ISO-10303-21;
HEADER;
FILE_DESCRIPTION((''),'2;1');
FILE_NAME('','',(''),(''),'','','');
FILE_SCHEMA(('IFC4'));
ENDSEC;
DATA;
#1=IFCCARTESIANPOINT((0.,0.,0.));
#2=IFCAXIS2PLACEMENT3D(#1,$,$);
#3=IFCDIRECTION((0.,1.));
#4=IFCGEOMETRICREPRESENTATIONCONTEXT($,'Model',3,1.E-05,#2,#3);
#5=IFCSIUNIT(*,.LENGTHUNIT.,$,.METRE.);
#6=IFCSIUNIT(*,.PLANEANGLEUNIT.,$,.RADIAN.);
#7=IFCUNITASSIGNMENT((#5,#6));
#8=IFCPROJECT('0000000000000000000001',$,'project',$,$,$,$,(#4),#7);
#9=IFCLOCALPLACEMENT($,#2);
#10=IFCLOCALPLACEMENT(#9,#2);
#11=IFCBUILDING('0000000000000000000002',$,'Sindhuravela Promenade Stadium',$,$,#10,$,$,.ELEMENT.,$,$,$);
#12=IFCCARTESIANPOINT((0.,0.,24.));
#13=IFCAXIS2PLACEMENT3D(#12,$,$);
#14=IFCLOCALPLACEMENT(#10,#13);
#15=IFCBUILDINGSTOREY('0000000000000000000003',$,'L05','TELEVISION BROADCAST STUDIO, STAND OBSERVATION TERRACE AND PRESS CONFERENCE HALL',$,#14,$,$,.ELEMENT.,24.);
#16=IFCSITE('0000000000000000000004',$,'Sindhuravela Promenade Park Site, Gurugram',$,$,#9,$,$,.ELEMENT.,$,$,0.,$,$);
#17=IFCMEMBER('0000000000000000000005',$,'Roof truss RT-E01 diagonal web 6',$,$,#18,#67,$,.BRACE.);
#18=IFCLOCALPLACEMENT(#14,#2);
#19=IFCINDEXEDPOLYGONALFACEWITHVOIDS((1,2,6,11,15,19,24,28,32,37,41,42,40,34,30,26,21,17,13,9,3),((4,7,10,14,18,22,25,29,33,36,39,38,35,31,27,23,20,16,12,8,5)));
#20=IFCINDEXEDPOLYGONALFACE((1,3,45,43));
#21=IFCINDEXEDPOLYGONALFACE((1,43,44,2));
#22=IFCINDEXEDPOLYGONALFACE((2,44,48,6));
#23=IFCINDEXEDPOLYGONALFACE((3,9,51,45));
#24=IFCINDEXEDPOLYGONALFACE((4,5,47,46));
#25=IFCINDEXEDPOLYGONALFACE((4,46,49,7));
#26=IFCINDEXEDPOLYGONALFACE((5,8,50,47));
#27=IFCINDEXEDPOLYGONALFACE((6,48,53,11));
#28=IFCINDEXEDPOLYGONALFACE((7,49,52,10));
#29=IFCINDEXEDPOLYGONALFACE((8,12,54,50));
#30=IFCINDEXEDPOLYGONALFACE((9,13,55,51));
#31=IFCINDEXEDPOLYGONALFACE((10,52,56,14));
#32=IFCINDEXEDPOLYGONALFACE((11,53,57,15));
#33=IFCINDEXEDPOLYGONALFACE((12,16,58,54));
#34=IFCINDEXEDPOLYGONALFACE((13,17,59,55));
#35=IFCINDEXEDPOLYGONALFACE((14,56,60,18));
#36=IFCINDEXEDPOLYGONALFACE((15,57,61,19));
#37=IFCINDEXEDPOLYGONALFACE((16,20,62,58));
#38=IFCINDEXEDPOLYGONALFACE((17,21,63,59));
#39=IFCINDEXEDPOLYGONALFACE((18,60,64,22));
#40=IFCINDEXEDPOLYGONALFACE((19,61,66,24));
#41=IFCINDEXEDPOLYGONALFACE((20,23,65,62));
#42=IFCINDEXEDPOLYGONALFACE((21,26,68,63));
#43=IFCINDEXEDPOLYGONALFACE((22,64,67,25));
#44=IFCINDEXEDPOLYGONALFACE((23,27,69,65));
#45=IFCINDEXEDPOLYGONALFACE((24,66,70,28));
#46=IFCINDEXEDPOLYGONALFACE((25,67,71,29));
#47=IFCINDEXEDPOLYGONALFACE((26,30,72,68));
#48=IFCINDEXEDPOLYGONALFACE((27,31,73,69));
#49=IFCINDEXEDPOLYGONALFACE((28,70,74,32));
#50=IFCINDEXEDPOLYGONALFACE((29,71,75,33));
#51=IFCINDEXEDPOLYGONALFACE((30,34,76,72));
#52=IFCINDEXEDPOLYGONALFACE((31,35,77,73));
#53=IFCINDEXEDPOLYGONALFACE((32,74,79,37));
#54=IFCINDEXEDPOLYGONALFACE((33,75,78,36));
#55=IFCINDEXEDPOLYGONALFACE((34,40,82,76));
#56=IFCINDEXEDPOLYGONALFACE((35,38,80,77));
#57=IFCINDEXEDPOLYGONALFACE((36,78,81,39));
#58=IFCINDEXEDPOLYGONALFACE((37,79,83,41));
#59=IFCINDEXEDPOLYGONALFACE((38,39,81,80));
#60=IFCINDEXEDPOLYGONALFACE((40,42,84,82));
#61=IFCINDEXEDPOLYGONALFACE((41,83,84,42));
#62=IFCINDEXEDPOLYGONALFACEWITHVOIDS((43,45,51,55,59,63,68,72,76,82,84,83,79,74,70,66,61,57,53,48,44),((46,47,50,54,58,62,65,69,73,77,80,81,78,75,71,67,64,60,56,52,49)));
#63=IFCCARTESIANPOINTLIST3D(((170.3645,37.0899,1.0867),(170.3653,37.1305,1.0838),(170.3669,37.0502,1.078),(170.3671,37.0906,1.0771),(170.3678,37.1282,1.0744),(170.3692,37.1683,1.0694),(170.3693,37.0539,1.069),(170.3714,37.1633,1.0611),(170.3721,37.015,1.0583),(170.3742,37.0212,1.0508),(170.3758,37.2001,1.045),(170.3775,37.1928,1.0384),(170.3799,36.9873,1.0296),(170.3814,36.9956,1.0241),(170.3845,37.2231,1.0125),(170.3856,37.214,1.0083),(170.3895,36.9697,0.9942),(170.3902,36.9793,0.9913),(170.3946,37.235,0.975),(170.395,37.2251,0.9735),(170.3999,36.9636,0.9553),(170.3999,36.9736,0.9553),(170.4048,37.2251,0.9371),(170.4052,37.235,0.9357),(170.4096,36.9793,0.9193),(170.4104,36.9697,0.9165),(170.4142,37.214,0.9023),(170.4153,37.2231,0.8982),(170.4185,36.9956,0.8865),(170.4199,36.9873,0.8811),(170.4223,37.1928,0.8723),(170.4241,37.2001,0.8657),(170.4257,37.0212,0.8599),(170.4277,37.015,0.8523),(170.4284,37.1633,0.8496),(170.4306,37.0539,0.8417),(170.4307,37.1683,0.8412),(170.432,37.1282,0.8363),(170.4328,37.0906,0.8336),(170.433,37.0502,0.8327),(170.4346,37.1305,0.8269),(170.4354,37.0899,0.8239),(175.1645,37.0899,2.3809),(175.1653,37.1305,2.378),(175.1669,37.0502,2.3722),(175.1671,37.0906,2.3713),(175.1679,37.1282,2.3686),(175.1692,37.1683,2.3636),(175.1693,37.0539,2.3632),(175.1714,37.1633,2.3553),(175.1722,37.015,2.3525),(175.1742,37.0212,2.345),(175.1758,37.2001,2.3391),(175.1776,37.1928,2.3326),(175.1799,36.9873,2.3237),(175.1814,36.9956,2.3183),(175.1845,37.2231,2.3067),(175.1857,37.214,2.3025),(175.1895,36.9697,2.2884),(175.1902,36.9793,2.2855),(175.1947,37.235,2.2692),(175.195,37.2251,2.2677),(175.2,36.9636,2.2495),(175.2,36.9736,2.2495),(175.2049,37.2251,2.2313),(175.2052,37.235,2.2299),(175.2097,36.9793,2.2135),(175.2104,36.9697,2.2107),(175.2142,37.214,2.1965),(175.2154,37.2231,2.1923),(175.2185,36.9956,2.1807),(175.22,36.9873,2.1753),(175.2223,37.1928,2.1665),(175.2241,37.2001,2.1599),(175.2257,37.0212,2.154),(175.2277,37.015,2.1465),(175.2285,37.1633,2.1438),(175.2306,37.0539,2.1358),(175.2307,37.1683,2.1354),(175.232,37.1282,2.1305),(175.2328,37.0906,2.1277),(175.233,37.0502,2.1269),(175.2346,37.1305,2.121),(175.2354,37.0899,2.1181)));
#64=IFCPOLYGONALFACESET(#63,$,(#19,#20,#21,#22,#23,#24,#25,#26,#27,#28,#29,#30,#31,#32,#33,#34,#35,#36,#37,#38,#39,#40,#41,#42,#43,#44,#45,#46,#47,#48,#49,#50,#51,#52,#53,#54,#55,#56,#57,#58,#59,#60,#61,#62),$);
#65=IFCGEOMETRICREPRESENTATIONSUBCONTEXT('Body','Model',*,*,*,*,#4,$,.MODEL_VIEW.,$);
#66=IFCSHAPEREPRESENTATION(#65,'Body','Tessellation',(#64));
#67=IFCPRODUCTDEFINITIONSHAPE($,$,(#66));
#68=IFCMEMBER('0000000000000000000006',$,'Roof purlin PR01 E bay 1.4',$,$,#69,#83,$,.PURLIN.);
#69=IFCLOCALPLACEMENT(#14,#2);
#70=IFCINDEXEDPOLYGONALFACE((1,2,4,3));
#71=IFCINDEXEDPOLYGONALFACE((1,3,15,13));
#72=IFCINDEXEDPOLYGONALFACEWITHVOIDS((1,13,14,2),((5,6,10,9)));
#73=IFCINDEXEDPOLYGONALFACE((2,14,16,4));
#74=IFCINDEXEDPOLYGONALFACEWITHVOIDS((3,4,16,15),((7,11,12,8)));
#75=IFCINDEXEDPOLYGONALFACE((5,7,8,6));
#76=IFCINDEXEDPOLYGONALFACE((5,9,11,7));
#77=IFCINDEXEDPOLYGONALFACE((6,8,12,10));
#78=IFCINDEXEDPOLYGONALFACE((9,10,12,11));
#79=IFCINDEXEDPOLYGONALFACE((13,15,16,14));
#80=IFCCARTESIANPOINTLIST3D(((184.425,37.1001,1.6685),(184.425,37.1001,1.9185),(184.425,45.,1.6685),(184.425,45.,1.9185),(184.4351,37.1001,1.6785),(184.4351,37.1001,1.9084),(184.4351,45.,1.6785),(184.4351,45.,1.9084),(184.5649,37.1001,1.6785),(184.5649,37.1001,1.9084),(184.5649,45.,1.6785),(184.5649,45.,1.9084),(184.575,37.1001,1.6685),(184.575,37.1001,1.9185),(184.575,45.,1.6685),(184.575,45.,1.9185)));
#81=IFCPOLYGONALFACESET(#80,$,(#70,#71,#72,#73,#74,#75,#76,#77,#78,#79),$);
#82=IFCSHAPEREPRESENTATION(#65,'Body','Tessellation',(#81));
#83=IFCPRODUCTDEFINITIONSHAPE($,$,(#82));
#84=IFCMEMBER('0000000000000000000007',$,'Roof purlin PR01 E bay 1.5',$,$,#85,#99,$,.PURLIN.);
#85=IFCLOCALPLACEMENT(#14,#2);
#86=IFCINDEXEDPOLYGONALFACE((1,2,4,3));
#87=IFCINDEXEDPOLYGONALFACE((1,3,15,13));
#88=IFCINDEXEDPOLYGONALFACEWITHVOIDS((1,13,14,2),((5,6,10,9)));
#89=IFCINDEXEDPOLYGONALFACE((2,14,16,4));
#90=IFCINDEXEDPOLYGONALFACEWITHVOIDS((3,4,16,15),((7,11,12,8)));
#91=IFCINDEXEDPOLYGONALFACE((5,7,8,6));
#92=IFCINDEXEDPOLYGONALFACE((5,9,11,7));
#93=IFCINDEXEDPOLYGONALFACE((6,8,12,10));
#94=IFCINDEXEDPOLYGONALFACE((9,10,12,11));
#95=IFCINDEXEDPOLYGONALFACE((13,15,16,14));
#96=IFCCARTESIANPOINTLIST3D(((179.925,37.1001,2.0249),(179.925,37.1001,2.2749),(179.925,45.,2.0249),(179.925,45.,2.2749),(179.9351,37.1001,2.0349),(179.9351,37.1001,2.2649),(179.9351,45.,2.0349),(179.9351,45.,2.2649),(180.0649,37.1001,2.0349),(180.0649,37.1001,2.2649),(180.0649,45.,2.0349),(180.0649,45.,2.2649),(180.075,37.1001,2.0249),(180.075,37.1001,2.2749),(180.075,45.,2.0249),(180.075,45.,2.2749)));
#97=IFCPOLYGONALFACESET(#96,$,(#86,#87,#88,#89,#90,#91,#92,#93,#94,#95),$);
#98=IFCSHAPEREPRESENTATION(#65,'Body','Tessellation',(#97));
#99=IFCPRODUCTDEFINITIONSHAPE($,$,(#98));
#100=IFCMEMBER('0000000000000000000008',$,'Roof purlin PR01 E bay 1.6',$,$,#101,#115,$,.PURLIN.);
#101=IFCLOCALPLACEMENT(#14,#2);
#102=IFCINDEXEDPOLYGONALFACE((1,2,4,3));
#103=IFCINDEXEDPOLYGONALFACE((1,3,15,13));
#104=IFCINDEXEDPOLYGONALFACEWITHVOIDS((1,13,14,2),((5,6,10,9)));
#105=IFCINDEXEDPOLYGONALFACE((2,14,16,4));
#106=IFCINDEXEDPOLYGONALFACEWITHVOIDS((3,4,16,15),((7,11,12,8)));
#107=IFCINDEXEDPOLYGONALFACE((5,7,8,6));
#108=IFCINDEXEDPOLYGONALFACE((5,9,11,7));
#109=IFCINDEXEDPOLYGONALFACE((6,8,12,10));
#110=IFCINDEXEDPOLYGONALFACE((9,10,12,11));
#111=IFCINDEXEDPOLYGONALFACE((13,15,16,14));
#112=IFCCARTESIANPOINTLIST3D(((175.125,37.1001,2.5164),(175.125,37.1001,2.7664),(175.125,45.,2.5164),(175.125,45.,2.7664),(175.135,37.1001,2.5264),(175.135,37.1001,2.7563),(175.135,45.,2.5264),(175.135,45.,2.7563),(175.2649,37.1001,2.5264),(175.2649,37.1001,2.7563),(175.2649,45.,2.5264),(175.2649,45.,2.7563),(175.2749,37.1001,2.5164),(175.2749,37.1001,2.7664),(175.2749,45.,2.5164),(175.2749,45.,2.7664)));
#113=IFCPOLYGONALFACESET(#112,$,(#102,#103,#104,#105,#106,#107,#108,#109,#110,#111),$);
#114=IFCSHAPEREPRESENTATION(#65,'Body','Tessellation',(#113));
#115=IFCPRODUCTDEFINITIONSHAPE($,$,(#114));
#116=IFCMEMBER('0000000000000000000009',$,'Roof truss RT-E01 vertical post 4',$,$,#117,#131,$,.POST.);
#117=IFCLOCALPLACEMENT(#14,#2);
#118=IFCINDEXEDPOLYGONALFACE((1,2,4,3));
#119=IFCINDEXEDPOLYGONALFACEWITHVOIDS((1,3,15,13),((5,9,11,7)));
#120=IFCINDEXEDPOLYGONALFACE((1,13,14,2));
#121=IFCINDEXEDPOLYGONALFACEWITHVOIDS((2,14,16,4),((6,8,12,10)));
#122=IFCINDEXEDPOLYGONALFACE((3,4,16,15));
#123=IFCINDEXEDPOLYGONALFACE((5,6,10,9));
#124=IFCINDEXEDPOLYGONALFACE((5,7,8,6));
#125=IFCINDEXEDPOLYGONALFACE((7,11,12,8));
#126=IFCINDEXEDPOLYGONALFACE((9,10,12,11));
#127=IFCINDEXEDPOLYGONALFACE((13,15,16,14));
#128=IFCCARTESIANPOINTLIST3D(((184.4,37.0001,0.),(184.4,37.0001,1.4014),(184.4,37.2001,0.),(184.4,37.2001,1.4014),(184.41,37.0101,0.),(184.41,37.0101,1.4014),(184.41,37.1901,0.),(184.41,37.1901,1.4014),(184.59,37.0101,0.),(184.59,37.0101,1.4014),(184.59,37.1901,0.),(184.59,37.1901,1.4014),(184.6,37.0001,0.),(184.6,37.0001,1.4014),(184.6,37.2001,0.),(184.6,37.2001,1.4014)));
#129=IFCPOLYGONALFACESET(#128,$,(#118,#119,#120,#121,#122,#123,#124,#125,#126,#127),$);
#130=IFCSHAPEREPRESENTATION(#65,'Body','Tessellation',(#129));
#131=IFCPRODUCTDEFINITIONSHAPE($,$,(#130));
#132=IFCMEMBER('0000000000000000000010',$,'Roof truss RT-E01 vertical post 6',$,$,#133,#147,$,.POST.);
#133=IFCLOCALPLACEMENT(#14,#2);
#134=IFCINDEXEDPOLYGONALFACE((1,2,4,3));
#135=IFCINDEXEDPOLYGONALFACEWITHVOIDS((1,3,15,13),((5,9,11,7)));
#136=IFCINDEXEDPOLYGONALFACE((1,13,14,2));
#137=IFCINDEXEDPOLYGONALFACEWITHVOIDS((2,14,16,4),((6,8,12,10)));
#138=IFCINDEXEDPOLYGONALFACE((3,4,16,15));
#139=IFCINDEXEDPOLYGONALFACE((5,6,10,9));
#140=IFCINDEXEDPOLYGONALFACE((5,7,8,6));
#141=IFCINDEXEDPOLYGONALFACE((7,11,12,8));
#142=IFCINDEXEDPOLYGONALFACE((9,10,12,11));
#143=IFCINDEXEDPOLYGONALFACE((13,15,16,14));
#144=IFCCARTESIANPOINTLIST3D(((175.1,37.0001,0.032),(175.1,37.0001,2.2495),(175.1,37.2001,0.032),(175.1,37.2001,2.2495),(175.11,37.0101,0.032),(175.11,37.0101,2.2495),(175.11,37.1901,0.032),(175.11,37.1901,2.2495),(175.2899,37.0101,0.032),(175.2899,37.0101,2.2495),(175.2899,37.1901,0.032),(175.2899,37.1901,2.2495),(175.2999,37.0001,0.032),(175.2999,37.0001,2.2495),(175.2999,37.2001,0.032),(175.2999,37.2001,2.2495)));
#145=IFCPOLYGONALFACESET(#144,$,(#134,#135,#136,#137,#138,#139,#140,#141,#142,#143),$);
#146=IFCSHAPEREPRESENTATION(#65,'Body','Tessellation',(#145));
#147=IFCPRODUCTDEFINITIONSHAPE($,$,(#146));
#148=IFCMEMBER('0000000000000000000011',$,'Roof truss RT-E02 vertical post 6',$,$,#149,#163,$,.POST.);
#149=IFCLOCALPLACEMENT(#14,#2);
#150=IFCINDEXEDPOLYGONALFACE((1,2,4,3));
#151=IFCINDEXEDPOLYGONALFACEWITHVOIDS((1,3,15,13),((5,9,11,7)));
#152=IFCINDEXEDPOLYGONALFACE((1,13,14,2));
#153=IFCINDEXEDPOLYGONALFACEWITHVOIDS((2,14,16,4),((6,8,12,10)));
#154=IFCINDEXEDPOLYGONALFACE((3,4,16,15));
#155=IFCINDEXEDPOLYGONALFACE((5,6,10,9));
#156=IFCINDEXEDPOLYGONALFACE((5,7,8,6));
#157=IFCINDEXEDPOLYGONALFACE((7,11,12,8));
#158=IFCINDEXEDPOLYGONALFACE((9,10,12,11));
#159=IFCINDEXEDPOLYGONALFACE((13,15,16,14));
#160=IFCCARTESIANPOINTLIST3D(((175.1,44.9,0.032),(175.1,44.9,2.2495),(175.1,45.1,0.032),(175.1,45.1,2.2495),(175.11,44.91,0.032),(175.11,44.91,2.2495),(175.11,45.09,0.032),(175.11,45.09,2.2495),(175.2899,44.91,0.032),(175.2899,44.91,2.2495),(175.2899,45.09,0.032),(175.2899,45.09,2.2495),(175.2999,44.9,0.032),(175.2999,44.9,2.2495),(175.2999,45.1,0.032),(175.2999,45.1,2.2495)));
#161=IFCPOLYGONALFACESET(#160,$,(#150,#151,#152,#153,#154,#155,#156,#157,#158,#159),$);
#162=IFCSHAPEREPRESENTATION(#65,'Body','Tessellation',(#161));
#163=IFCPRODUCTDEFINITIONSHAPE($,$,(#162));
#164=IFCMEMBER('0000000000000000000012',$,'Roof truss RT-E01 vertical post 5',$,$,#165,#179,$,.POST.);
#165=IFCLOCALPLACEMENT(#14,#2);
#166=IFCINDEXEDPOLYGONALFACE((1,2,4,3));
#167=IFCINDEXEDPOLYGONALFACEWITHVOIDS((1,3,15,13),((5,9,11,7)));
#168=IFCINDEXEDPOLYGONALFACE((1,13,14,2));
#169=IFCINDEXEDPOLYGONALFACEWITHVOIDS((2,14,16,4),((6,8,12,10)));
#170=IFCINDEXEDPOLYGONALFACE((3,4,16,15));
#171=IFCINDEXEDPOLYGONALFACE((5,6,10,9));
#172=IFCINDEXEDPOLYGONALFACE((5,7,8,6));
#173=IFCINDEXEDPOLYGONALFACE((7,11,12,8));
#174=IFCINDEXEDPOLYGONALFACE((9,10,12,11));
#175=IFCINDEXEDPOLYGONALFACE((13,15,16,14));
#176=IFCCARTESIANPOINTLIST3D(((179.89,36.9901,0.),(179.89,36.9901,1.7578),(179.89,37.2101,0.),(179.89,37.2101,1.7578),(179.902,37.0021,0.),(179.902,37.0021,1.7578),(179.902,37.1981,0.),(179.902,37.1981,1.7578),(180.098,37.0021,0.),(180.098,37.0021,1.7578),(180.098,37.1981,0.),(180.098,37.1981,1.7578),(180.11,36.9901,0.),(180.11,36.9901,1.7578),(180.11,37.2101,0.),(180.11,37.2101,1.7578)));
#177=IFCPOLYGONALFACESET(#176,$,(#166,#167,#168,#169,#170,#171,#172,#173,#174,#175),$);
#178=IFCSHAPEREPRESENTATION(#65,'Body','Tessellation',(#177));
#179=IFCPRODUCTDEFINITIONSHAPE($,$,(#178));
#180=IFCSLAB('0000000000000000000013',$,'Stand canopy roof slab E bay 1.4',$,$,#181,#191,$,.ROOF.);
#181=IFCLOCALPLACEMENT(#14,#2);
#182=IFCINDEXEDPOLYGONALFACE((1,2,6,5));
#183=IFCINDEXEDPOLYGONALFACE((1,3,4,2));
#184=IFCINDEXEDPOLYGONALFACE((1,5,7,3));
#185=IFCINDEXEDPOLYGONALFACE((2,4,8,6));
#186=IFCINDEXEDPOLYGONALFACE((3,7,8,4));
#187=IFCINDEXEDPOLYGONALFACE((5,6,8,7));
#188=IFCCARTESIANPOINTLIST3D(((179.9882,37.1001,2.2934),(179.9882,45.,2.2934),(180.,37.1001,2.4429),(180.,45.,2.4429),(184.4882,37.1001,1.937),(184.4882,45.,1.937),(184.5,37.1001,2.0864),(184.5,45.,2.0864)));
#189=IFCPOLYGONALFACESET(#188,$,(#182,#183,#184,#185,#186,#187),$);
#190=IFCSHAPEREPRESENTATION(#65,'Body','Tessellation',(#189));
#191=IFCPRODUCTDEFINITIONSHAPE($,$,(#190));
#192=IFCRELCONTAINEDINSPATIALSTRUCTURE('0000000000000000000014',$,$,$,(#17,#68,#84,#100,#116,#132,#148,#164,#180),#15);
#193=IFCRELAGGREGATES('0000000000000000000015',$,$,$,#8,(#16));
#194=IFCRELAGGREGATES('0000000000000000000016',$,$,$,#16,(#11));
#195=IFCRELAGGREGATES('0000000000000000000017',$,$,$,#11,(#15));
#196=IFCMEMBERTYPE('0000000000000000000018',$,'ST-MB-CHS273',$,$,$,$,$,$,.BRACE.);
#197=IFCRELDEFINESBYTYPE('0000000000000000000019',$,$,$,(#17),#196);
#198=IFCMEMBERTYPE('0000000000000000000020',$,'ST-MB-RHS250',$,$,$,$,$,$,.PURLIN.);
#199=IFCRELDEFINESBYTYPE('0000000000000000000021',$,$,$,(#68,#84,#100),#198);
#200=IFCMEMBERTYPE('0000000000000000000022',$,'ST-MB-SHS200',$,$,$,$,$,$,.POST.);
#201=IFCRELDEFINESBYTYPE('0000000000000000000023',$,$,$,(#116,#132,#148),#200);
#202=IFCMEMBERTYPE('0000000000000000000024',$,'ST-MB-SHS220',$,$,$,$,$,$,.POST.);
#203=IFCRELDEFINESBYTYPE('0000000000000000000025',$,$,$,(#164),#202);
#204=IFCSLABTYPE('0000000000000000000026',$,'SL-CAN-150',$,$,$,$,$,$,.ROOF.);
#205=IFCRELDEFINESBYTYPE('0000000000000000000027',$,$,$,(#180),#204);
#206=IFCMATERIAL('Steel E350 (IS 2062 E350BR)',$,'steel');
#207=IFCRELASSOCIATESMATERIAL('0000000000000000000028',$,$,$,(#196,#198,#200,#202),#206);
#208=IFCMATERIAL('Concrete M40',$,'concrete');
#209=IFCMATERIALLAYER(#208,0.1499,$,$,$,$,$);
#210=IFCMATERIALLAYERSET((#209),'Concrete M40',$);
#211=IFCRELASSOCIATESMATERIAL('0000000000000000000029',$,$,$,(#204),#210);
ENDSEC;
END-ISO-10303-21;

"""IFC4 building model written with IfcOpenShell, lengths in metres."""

from ifc_helpers import new_model, si_unit, direction, frame, origin, origin_2d, place, context, subcontext, project, spatial, polyline, hollow_rectangle, hollow_circle, outline, extrude, material, layer, layer_set, material_profile, profile_set, type_object, element, save


model = new_model("IFC4")

# Units and contexts
model_context = context("Model", 3, precision=1e-05, world=origin(), true_north=direction((0.0, 1.0)))
body_context = subcontext(model_context, "Body", "Model", "MODEL_VIEW")
ifc_project = project(units=[si_unit("LENGTHUNIT", "METRE"), si_unit("PLANEANGLEUNIT", "RADIAN")], contexts=[model_context])

# Site, building, storey
site_placement = place(None, origin())
site = spatial("IfcSite", under=ifc_project, at=site_placement, Name="Sindhuravela Promenade Park Site, Gurugram", CompositionType="ELEMENT", RefElevation=0.0)
building_placement = place(site_placement, origin())
building = spatial("IfcBuilding", under=site, at=building_placement, Name="Sindhuravela Promenade Stadium", CompositionType="ELEMENT")
storey_placement = place(building_placement, frame((0.0, 0.0, 24.0)))
storey = spatial("IfcBuildingStorey", under=building, at=storey_placement, Name="L05", Description="TELEVISION BROADCAST STUDIO, STAND OBSERVATION TERRACE AND PRESS CONFERENCE HALL", CompositionType="ELEMENT", Elevation=24.0)

# Shared definitions
ifc_material_1 = material(Name="Steel E350 (IS 2062 E350BR)", Category="steel")

# Members
ifc_material_profile_1 = material_profile(ifc_material_1, hollow_circle(Radius=0.1365, WallThickness=0.01, at=origin_2d()), Name="CHS 273.0x10")
ifc_profile_set_1 = profile_set([ifc_material_profile_1], Name="Steel E350 (IS 2062 E350BR)")
member_type_1 = type_object("IfcMemberType", Name="ST-MB-CHS273", PredefinedType="BRACE", material=ifc_profile_set_1)
member_1_placement = place(storey_placement, frame((175.2, 37.1001, 2.2495), z_axis=(-0.965521, 0.0, -0.260324), x_axis=(0.0, -1.0, 0.0)))
element("IfcMember", 1, at=member_1_placement, inside=storey, type_object=member_type_1, Name="Roof truss RT-E01 diagonal web 6", PredefinedType="BRACE", context=body_context, shape_type="SweptSolid", body=[
    extrude(hollow_circle(Radius=0.1365, WallThickness=0.01, at=origin_2d()), origin(), (0.0, 0.0, 1.0), 4.9714),
])
ifc_material_profile_2 = material_profile(ifc_material_1, hollow_rectangle(XDim=0.1499, YDim=0.25, WallThickness=0.01, at=origin_2d()), Name="RHS 250x150x10")
ifc_profile_set_2 = profile_set([ifc_material_profile_2], Name="Steel E350 (IS 2062 E350BR)")
member_type_2 = type_object("IfcMemberType", Name="ST-MB-RHS250", PredefinedType="PURLIN", material=ifc_profile_set_2)
for number, where, z_axis, x_axis, name in (
    (2, (184.5, 37.1001, 1.7935), (0.0, 1.0, 0.0), (-1.0, 0.0, 0.0), "Roof purlin PR01 E bay 1.4"),
    (3, (180.0, 37.1001, 2.1499), (0.0, 1.0, 0.0), (-1.0, 0.0, 0.0), "Roof purlin PR01 E bay 1.5"),
    (4, (175.2, 37.1001, 2.6414), (0.0, 1.0, 0.0), (-1.0, 0.0, 0.0), "Roof purlin PR01 E bay 1.6"),
):
    element("IfcMember", number, at=place(storey_placement, frame(where, z_axis=z_axis, x_axis=x_axis)), inside=storey, type_object=member_type_2, Name=name, PredefinedType="PURLIN", context=body_context, shape_type="SweptSolid", body=[
        extrude(hollow_rectangle(XDim=0.1499, YDim=0.25, WallThickness=0.01, at=origin_2d()), origin(), (0.0, 0.0, 1.0), 7.8999),
    ])
ifc_material_profile_3 = material_profile(ifc_material_1, hollow_rectangle(XDim=0.2, YDim=0.2, WallThickness=0.01, at=origin_2d()), Name="SHS 200x200x10")
ifc_profile_set_3 = profile_set([ifc_material_profile_3], Name="Steel E350 (IS 2062 E350BR)")
member_type_3 = type_object("IfcMemberType", Name="ST-MB-SHS200", PredefinedType="POST", material=ifc_profile_set_3)
member_2_placement = place(storey_placement, frame((184.5, 37.1001, 0.0), z_axis=(0.0, 0.0, 1.0), x_axis=(1.0, 0.0, 0.0)))
element("IfcMember", 5, at=member_2_placement, inside=storey, type_object=member_type_3, Name="Roof truss RT-E01 vertical post 4", PredefinedType="POST", context=body_context, shape_type="SweptSolid", body=[
    extrude(hollow_rectangle(XDim=0.2, YDim=0.2, WallThickness=0.01, at=origin_2d()), origin(), (0.0, 0.0, 1.0), 1.4014),
])
for number, where, z_axis, x_axis, name in (
    (6, (175.2, 37.1001, 0.032), (0.0, 0.0, 1.0), (1.0, 0.0, 0.0), "Roof truss RT-E01 vertical post 6"),
    (7, (175.2, 45.0, 0.032), (0.0, 0.0, 1.0), (1.0, 0.0, 0.0), "Roof truss RT-E02 vertical post 6"),
):
    element("IfcMember", number, at=place(storey_placement, frame(where, z_axis=z_axis, x_axis=x_axis)), inside=storey, type_object=member_type_3, Name=name, PredefinedType="POST", context=body_context, shape_type="SweptSolid", body=[
        extrude(hollow_rectangle(XDim=0.2, YDim=0.2, WallThickness=0.01, at=origin_2d()), origin(), (0.0, 0.0, 1.0), 2.2175),
    ])
ifc_material_profile_4 = material_profile(ifc_material_1, hollow_rectangle(XDim=0.22, YDim=0.22, WallThickness=0.012, at=origin_2d()), Name="SHS 220x220x12")
ifc_profile_set_4 = profile_set([ifc_material_profile_4], Name="Steel E350 (IS 2062 E350BR)")
member_type_4 = type_object("IfcMemberType", Name="ST-MB-SHS220", PredefinedType="POST", material=ifc_profile_set_4)
member_3_placement = place(storey_placement, frame((180.0, 37.1001, 0.0), z_axis=(0.0, 0.0, 1.0), x_axis=(1.0, 0.0, 0.0)))
element("IfcMember", 8, at=member_3_placement, inside=storey, type_object=member_type_4, Name="Roof truss RT-E01 vertical post 5", PredefinedType="POST", context=body_context, shape_type="SweptSolid", body=[
    extrude(hollow_rectangle(XDim=0.22, YDim=0.22, WallThickness=0.012, at=origin_2d()), origin(), (0.0, 0.0, 1.0), 1.7578),
])

# Slab
ifc_material_2 = material(Name="Concrete M40", Category="concrete")
ifc_layer_1 = layer(ifc_material_2, 0.1499)
ifc_layer_set_1 = layer_set([ifc_layer_1], Name="Concrete M40")
slab_type = type_object("IfcSlabType", Name="SL-CAN-150", PredefinedType="ROOF", material=ifc_layer_set_1)
slab_1_placement = place(storey_placement, frame((184.5, 37.1001, 2.0864), z_axis=(0.078963, 0.0, 0.996878), x_axis=(0.0, 1.0, 0.0)))
element("IfcSlab", 9, at=slab_1_placement, inside=storey, type_object=slab_type, Name="Stand canopy roof slab E bay 1.4", PredefinedType="ROOF", context=body_context, shape_type="SweptSolid", body=[
    extrude(outline(polyline([(0.0, 0.0), (7.8999, 0.0), (7.8999, 4.5141), (0.0, 4.5141), (0.0, 0.0)])), origin(), (0.0, 0.0, -1.0), 0.1499),
])

save(model, "model.ifc")
